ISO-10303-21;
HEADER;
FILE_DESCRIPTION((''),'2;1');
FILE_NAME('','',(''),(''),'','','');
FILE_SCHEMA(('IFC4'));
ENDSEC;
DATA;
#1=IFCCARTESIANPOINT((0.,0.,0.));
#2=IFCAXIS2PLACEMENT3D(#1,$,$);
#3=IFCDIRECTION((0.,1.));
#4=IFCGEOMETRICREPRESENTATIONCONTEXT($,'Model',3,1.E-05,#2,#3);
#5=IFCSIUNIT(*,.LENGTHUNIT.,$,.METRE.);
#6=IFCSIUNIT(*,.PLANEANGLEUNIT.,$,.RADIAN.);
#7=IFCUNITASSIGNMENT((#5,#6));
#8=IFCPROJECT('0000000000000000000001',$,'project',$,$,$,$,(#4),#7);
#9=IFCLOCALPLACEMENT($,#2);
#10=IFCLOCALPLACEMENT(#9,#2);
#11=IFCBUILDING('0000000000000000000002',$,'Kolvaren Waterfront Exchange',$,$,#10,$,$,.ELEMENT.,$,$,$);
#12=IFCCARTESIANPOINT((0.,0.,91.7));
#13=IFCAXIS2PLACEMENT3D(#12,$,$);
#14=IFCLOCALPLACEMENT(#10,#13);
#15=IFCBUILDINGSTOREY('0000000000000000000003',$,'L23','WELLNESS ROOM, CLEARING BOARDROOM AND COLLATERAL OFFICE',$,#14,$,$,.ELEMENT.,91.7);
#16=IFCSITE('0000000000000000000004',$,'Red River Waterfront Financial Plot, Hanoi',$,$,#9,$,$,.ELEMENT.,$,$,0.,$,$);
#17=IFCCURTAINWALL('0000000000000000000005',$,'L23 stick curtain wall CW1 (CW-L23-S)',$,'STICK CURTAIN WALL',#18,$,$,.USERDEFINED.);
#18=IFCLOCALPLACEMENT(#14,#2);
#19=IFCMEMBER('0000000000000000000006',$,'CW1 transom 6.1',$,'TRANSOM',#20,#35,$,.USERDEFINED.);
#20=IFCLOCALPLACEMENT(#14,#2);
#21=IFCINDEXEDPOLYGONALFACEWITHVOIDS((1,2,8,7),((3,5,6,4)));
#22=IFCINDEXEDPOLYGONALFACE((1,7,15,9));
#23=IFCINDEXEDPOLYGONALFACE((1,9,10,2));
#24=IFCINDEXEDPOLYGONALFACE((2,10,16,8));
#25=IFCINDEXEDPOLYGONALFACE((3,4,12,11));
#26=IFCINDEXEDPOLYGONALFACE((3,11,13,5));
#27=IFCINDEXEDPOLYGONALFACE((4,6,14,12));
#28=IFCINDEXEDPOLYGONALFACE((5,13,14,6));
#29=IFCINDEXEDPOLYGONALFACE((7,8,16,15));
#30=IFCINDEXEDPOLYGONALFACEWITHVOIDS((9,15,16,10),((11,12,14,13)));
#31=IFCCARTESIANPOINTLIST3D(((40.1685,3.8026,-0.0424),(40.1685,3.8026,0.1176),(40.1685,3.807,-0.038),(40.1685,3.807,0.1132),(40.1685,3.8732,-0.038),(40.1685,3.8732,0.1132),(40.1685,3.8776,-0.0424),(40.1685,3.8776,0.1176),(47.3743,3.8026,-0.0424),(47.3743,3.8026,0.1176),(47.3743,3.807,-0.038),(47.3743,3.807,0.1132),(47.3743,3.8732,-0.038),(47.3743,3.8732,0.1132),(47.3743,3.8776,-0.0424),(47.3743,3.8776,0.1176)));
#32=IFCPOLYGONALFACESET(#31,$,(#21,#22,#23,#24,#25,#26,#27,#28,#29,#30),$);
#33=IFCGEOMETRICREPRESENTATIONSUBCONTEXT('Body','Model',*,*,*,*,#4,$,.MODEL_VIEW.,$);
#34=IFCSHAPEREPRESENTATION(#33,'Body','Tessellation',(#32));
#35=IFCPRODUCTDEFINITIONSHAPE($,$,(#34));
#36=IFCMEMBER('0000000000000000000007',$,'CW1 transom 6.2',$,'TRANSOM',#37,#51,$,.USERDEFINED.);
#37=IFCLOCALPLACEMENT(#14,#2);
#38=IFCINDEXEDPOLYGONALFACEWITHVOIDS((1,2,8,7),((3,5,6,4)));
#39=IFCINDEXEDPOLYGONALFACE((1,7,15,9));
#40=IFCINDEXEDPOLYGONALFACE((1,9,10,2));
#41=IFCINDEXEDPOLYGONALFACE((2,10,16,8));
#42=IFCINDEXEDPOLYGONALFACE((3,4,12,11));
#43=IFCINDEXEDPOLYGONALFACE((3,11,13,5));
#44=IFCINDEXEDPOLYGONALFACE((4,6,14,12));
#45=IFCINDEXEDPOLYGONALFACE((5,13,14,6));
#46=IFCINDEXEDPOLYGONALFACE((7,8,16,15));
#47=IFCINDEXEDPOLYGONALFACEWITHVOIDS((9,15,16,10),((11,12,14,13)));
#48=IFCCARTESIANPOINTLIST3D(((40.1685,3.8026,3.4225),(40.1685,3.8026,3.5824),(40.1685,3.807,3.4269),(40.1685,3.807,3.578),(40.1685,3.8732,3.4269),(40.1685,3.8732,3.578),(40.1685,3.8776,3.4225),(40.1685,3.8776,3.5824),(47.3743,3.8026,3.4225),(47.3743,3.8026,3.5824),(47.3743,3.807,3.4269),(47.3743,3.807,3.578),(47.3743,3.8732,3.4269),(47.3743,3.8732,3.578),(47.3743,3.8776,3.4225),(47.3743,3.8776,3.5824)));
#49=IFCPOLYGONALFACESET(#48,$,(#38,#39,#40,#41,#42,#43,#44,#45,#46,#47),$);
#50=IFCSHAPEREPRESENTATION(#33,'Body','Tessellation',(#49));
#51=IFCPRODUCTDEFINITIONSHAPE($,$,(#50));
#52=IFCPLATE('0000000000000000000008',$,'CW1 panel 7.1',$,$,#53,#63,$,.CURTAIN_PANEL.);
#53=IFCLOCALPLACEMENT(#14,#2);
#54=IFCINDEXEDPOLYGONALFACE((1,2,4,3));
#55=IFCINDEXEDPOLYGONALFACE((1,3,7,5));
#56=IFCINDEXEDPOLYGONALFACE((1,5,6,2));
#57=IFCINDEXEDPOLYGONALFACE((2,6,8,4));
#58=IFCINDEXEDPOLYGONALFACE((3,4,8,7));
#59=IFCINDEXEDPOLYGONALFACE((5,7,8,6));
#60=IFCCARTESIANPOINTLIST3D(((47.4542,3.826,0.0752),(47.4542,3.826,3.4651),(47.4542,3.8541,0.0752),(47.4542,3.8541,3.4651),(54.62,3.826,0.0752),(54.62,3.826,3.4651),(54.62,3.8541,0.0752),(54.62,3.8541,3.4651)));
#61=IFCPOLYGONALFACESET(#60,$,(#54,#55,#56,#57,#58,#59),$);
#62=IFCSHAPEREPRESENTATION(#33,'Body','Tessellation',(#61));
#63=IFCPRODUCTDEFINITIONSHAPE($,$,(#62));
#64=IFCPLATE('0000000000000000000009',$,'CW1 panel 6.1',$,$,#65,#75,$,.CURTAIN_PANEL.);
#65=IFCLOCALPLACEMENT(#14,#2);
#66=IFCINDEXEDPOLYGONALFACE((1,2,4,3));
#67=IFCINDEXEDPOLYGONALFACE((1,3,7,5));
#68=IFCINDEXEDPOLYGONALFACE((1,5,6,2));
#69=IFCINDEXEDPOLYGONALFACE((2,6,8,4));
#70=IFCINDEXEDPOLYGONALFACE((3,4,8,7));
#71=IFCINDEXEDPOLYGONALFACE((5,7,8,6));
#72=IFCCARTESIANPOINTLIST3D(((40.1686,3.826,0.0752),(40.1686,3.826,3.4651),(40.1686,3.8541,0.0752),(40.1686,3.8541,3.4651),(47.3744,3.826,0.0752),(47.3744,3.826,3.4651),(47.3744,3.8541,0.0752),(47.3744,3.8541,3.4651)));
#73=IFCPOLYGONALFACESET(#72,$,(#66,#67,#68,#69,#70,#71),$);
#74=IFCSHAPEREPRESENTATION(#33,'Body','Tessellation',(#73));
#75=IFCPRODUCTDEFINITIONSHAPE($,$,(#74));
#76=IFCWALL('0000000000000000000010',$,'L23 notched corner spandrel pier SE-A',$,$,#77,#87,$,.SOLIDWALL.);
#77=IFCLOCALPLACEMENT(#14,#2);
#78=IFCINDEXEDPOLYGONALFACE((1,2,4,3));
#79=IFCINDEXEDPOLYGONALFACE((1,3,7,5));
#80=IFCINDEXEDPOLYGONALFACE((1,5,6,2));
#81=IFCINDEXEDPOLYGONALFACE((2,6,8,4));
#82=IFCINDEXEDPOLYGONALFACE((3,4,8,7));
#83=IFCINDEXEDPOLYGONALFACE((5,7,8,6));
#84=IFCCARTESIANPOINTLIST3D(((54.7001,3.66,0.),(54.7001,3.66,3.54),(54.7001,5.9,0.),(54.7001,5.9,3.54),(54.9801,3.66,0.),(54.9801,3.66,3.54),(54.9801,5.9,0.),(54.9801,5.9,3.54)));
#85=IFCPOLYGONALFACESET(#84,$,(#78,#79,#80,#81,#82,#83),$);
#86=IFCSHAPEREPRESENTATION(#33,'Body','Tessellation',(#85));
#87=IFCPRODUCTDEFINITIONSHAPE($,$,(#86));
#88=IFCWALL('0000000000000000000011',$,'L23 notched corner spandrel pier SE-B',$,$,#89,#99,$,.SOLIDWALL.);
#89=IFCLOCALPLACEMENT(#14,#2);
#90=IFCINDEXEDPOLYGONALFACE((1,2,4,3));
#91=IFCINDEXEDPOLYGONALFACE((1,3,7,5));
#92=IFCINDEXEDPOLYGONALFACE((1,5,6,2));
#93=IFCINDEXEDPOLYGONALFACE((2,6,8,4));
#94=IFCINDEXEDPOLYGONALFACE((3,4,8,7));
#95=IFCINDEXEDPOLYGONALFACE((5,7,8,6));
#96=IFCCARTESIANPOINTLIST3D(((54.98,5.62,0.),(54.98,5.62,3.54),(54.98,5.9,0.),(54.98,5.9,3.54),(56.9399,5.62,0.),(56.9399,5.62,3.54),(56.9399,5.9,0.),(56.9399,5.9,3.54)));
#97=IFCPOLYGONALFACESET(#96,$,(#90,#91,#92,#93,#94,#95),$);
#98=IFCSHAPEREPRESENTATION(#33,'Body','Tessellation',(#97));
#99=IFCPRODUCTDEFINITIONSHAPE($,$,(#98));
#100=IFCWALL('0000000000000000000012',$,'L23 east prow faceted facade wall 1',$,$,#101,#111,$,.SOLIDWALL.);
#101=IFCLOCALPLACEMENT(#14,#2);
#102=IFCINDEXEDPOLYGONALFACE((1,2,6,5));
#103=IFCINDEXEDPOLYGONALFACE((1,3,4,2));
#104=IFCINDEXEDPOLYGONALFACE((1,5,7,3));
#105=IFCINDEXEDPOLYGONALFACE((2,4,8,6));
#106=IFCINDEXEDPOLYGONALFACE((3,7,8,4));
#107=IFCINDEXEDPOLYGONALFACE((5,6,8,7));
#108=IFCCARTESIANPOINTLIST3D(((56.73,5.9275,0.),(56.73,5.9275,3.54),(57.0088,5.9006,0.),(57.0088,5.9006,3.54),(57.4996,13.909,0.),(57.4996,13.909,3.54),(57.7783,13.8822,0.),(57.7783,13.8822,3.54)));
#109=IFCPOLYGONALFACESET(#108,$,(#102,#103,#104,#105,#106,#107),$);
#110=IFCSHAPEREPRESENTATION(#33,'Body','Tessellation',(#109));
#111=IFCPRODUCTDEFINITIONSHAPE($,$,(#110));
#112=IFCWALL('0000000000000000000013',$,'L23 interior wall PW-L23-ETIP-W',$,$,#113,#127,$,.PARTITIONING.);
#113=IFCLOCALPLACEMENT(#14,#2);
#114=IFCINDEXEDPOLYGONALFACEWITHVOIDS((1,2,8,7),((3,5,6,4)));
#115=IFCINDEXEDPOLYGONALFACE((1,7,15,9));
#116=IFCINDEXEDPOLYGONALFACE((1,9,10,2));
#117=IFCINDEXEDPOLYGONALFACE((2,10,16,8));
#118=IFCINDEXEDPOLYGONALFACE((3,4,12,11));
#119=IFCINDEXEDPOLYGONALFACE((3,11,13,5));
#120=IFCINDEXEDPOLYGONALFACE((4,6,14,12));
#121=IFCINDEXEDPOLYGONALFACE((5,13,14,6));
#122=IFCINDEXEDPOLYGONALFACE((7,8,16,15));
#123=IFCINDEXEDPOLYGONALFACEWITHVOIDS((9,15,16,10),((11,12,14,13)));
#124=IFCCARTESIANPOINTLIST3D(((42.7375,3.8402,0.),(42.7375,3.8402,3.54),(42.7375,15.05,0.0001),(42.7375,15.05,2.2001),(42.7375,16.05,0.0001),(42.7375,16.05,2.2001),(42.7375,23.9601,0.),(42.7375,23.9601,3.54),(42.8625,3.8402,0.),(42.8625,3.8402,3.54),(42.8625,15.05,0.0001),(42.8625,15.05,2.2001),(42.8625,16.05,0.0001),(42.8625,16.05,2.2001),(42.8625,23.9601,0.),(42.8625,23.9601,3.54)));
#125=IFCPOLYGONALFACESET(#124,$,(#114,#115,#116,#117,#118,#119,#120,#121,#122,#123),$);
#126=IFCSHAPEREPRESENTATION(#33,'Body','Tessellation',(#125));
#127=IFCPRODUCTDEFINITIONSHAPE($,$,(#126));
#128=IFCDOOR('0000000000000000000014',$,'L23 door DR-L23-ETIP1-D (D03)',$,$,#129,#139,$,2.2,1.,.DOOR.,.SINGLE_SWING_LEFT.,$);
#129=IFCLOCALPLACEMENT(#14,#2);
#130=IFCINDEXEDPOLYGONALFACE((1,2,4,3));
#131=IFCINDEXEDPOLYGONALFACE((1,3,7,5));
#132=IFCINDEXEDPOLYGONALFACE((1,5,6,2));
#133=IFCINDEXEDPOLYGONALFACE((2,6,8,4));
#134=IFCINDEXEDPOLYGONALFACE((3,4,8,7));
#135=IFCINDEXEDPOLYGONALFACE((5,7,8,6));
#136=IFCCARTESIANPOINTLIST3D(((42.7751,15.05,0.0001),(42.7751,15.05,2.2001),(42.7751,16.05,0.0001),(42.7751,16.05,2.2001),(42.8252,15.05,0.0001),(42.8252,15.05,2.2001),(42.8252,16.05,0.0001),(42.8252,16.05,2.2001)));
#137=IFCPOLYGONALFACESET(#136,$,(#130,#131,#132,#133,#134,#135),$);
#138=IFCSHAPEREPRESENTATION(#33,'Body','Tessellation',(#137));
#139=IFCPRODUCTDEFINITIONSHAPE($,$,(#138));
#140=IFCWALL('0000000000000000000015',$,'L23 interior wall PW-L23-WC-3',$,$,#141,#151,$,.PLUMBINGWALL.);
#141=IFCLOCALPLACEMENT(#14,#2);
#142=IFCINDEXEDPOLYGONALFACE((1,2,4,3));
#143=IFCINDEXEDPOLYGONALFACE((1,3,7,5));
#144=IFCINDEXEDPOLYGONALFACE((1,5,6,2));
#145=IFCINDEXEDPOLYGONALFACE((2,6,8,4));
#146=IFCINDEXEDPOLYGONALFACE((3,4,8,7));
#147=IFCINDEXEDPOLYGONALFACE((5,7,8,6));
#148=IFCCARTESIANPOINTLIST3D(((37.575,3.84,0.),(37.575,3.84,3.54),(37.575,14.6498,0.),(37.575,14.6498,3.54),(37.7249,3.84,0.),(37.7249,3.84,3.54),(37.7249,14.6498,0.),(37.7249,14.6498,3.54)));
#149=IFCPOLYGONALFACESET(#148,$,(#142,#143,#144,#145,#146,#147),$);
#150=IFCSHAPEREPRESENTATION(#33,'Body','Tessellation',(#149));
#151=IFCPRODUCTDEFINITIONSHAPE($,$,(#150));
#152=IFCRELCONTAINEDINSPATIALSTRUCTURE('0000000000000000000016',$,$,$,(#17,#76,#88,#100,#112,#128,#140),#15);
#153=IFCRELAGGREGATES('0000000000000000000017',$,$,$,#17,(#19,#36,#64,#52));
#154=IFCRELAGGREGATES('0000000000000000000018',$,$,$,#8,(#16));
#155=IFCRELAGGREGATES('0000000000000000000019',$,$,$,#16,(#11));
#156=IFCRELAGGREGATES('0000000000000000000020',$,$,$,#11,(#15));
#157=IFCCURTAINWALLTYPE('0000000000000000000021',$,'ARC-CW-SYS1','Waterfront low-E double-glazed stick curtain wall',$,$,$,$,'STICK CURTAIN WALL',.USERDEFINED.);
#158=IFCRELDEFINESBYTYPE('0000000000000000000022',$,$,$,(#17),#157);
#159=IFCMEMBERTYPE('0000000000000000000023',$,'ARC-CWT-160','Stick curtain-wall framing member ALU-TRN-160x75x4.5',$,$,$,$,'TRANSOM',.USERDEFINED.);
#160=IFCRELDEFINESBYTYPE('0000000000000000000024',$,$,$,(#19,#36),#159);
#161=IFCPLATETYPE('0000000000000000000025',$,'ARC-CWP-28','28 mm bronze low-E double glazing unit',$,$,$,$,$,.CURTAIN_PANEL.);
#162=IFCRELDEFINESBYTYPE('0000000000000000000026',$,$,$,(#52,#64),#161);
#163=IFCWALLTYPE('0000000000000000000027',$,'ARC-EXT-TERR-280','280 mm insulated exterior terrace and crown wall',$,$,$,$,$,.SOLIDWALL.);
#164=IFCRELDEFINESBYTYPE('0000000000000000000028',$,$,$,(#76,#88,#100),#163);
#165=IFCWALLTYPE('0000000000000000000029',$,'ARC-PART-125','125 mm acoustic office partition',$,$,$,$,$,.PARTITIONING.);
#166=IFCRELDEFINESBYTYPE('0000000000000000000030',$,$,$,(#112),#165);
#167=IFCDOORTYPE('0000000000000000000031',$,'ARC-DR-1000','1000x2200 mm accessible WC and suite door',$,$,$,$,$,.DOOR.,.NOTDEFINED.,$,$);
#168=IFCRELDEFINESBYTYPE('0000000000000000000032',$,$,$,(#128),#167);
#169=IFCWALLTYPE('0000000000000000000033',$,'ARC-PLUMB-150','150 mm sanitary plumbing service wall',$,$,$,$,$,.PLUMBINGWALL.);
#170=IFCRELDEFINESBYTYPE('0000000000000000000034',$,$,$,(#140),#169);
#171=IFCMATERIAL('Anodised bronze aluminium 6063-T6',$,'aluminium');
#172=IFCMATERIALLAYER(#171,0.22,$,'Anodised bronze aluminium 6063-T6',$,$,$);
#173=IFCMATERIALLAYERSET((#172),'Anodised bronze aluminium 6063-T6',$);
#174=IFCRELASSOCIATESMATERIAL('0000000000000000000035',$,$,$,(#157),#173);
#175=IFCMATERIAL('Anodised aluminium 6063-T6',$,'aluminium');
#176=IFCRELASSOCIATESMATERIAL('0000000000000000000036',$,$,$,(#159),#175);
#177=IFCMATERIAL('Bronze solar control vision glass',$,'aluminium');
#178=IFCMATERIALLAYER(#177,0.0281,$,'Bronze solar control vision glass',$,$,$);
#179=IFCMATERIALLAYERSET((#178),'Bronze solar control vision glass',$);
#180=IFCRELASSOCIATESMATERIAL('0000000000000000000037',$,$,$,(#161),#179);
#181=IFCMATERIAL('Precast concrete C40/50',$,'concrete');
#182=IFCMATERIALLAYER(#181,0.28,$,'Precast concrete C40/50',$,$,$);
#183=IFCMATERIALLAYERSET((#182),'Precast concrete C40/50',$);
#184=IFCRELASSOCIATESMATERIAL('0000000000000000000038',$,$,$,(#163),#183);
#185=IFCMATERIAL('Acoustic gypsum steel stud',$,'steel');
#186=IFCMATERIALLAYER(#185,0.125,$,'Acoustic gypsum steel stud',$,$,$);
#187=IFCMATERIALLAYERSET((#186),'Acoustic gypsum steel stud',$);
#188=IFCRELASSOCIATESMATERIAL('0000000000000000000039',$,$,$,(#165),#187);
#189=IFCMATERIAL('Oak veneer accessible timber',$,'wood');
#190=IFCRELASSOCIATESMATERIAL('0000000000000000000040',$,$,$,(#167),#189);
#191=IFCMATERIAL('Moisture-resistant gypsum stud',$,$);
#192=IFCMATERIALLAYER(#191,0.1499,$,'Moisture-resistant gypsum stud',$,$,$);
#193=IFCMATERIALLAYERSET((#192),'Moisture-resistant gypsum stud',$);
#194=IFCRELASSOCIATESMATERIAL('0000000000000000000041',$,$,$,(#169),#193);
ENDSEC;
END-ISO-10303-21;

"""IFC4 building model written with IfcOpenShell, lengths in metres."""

from ifc_helpers import new_model, si_unit, direction, frame, frame_2d, origin, origin_with_axes, origin_2d, place, context, subcontext, project, spatial, rectangle, hollow_rectangle, extrude, source, transform, mapped, material, layer, layer_set, material_profile, profile_set, type_object, element, fill, aggregate, save


model = new_model("IFC4")

# Units and contexts
model_context = context("Model", 3, precision=1e-05, world=origin(), true_north=direction((0.0, 1.0)))
body_context = subcontext(model_context, "Body", "Model", "MODEL_VIEW")
ifc_project = project(units=[si_unit("LENGTHUNIT", "METRE"), si_unit("PLANEANGLEUNIT", "RADIAN")], contexts=[model_context])

# Site, building, storey
site_placement = place(None, origin())
site = spatial("IfcSite", under=ifc_project, at=site_placement, Name="Red River Waterfront Financial Plot, Hanoi", CompositionType="ELEMENT", RefElevation=0.0)
building_placement = place(site_placement, origin())
building = spatial("IfcBuilding", under=site, at=building_placement, Name="Kolvaren Waterfront Exchange", CompositionType="ELEMENT")
storey_placement = place(building_placement, frame((0.0, 0.0, 91.7)))
storey = spatial("IfcBuildingStorey", under=building, at=storey_placement, Name="L23", Description="WELLNESS ROOM, CLEARING BOARDROOM AND COLLATERAL OFFICE", CompositionType="ELEMENT", Elevation=91.7)

# Curtain wall, members, plates
ifc_material_1 = material(Name="Anodised bronze aluminium 6063-T6", Category="aluminium")
ifc_layer_1 = layer(ifc_material_1, 0.22, Name="Anodised bronze aluminium 6063-T6")
ifc_layer_set_1 = layer_set([ifc_layer_1], Name="Anodised bronze aluminium 6063-T6")
curtain_wall_type = type_object("IfcCurtainWallType", Name="ARC-CW-SYS1", Description="Waterfront low-E double-glazed stick curtain wall", ElementType="STICK CURTAIN WALL", PredefinedType="USERDEFINED", material=ifc_layer_set_1)
curtain_wall_placement = place(storey_placement, origin())
curtain_wall = element("IfcCurtainWall", 1, at=curtain_wall_placement, inside=storey, type_object=curtain_wall_type, Name="L23 stick curtain wall CW1 (CW-L23-S)", ObjectType="STICK CURTAIN WALL", PredefinedType="USERDEFINED")
ifc_material_2 = material(Name="Anodised aluminium 6063-T6", Category="aluminium")
ifc_material_profile_1 = material_profile(ifc_material_2, hollow_rectangle(XDim=0.075, YDim=0.1599, WallThickness=0.0044, at=origin_2d()), Name="ALU-TRN-160x75x4.5")
ifc_profile_set_1 = profile_set([ifc_material_profile_1], Name="Anodised aluminium 6063-T6")
member_type_1 = type_object("IfcMemberType", Name="ARC-CWT-160", Description="Stick curtain-wall framing member ALU-TRN-160x75x4.5", ElementType="TRANSOM", PredefinedType="USERDEFINED", material=ifc_profile_set_1)
shared_shape_1 = source(origin_with_axes(), body_context, "Body", "SweptSolid", [
    extrude(hollow_rectangle(XDim=0.075, YDim=0.1599, WallThickness=0.0044, at=origin_2d()), origin(), (0.0, 0.0, 1.0), 7.2058),
])
member_1_placement = place(storey_placement, frame((40.1685, 3.8401, 0.0376), z_axis=(1.0, 0.0, 0.0), x_axis=(0.0, 1.0, 0.0)))
member_1 = element("IfcMember", 2, at=member_1_placement, type_object=member_type_1, Name="CW1 transom 6.1", ObjectType="TRANSOM", PredefinedType="USERDEFINED", context=body_context, shape_type="MappedRepresentation", body=[
    mapped(shared_shape_1, transform((0.0, 0.0, 0.0), x_axis=(1.0, 0.0, 0.0), y_axis=(0.0, 1.0, 0.0), z_axis=(0.0, 0.0, 1.0), scale=1.0)),
])
member_2_placement = place(storey_placement, frame((40.1685, 3.8401, 3.5024), z_axis=(1.0, 0.0, 0.0), x_axis=(0.0, 1.0, 0.0)))
member_2 = element("IfcMember", 3, at=member_2_placement, type_object=member_type_1, Name="CW1 transom 6.2", ObjectType="TRANSOM", PredefinedType="USERDEFINED", context=body_context, shape_type="MappedRepresentation", body=[
    mapped(shared_shape_1, transform((0.0, 0.0, 0.0), x_axis=(1.0, 0.0, 0.0), y_axis=(0.0, 1.0, 0.0), z_axis=(0.0, 0.0, 1.0), scale=1.0)),
])
ifc_material_3 = material(Name="Bronze solar control vision glass", Category="aluminium")
ifc_layer_2 = layer(ifc_material_3, 0.0281, Name="Bronze solar control vision glass")
ifc_layer_set_2 = layer_set([ifc_layer_2], Name="Bronze solar control vision glass")
plate_type = type_object("IfcPlateType", Name="ARC-CWP-28", Description="28 mm bronze low-E double glazing unit", PredefinedType="CURTAIN_PANEL", material=ifc_layer_set_2)
shared_shape_2 = source(origin_with_axes(), body_context, "Body", "SweptSolid", [
    extrude(rectangle(XDim=7.1658, YDim=0.0281, at=origin_2d()), origin(), (0.0, 0.0, 1.0), 3.3899),
])
plate_1_placement = place(storey_placement, frame((51.0371, 3.8401, 0.0752), z_axis=(0.0, 0.0, 1.0), x_axis=(1.0, 0.0, 0.0)))
plate_1 = element("IfcPlate", 4, at=plate_1_placement, type_object=plate_type, Name="CW1 panel 7.1", PredefinedType="CURTAIN_PANEL", context=body_context, shape_type="MappedRepresentation", body=[
    mapped(shared_shape_2, transform((0.0, 0.0, 0.0), x_axis=(1.0, 0.0, 0.0), y_axis=(0.0, 1.0, 0.0), z_axis=(0.0, 0.0, 1.0), scale=1.0)),
])
shared_shape_3 = source(origin_with_axes(), body_context, "Body", "SweptSolid", [
    extrude(rectangle(XDim=7.2058, YDim=0.0281, at=origin_2d()), origin(), (0.0, 0.0, 1.0), 3.3899),
])
plate_2_placement = place(storey_placement, frame((43.7715, 3.8401, 0.0752), z_axis=(0.0, 0.0, 1.0), x_axis=(1.0, 0.0, 0.0)))
plate_2 = element("IfcPlate", 5, at=plate_2_placement, type_object=plate_type, Name="CW1 panel 6.1", PredefinedType="CURTAIN_PANEL", context=body_context, shape_type="MappedRepresentation", body=[
    mapped(shared_shape_3, transform((0.0, 0.0, 0.0), x_axis=(1.0, 0.0, 0.0), y_axis=(0.0, 1.0, 0.0), z_axis=(0.0, 0.0, 1.0), scale=1.0)),
])
aggregate(curtain_wall, [member_1, member_2, plate_2, plate_1])

# Walls
ifc_material_4 = material(Name="Precast concrete C40/50", Category="concrete")
ifc_layer_3 = layer(ifc_material_4, 0.28, Name="Precast concrete C40/50")
ifc_layer_set_3 = layer_set([ifc_layer_3], Name="Precast concrete C40/50")
wall_type_1 = type_object("IfcWallType", Name="ARC-EXT-TERR-280", Description="280 mm insulated exterior terrace and crown wall", PredefinedType="SOLIDWALL", material=ifc_layer_set_3)
wall_1_placement = place(storey_placement, frame((54.8401, 3.6599, 0.0), z_axis=(0.0, 0.0, 1.0), x_axis=(0.0, 1.0, 0.0)))
element("IfcWall", 6, at=wall_1_placement, inside=storey, type_object=wall_type_1, Name="L23 notched corner spandrel pier SE-A", PredefinedType="SOLIDWALL", context=body_context, shape_type="SweptSolid", body=[
    extrude(rectangle(XDim=2.24, YDim=0.28, at=frame_2d((1.1201, 0.0))), origin(), (0.0, 0.0, 1.0), 3.54),
])
wall_2_placement = place(storey_placement, frame((54.98, 5.76, 0.0), z_axis=(0.0, 0.0, 1.0), x_axis=(1.0, 0.0, 0.0)))
element("IfcWall", 7, at=wall_2_placement, inside=storey, type_object=wall_type_1, Name="L23 notched corner spandrel pier SE-B", PredefinedType="SOLIDWALL", context=body_context, shape_type="SweptSolid", body=[
    extrude(rectangle(XDim=1.96, YDim=0.28, at=frame_2d((0.98, 0.0))), origin(), (0.0, 0.0, 1.0), 3.54),
])
wall_3_placement = place(storey_placement, frame((56.8694, 5.9141, 0.0), z_axis=(0.0, 0.0, 1.0), x_axis=(0.09597, 0.995384, 0.0)))
element("IfcWall", 8, at=wall_3_placement, inside=storey, type_object=wall_type_1, Name="L23 east prow faceted facade wall 1", PredefinedType="SOLIDWALL", context=body_context, shape_type="SweptSolid", body=[
    extrude(rectangle(XDim=8.0186, YDim=0.28, at=frame_2d((4.0093, 0.0))), origin(), (0.0, 0.0, 1.0), 3.54),
])

# Wall, opening, door
ifc_material_5 = material(Name="Acoustic gypsum steel stud", Category="steel")
ifc_layer_4 = layer(ifc_material_5, 0.125, Name="Acoustic gypsum steel stud")
ifc_layer_set_4 = layer_set([ifc_layer_4], Name="Acoustic gypsum steel stud")
wall_type_2 = type_object("IfcWallType", Name="ARC-PART-125", Description="125 mm acoustic office partition", PredefinedType="PARTITIONING", material=ifc_layer_set_4)
wall_4_placement = place(storey_placement, frame((42.8, 3.8401, 0.0), z_axis=(0.0, 0.0, 1.0), x_axis=(0.0, 1.0, 0.0)))
wall_4 = element("IfcWall", 9, at=wall_4_placement, inside=storey, type_object=wall_type_2, Name="L23 interior wall PW-L23-ETIP-W", PredefinedType="PARTITIONING", context=body_context, shape_type="SweptSolid", body=[
    extrude(rectangle(XDim=20.1199, YDim=0.125, at=frame_2d((10.0601, 0.0))), origin(), (0.0, 0.0, 1.0), 3.54),
])
opening_placement = place(wall_4_placement, frame((11.21, 0.0, 0.0)))
opening = element("IfcOpeningElement", 10, at=opening_placement, cuts=wall_4, PredefinedType="OPENING", context=body_context, shape_type="SweptSolid", body=[
    extrude(rectangle(XDim=1.0, YDim=2.2, at=frame_2d((0.5, 1.1001))), frame((0.0, 0.0725, 0.0), z_axis=(0.0, -1.0, 0.0), x_axis=(1.0, 0.0, 0.0)), (0.0, 0.0, 1.0), 0.145),
])
ifc_material_6 = material(Name="Oak veneer accessible timber", Category="wood")
door_type = type_object("IfcDoorType", Name="ARC-DR-1000", Description="1000x2200 mm accessible WC and suite door", OperationType="NOTDEFINED", PredefinedType="DOOR", material=ifc_material_6)
door_placement = place(opening_placement, origin())
door = element("IfcDoor", 11, at=door_placement, inside=storey, type_object=door_type, Name="L23 door DR-L23-ETIP1-D (D03)", OperationType="SINGLE_SWING_LEFT", OverallHeight=2.2, OverallWidth=1.0, PredefinedType="DOOR", context=body_context, shape_type="SweptSolid", body=[
    extrude(rectangle(XDim=1.0, YDim=2.2, at=frame_2d((0.5, 1.1001))), frame((0.0, 0.0249, 0.0), z_axis=(0.0, -1.0, 0.0), x_axis=(1.0, 0.0, 0.0)), (0.0, 0.0, 1.0), 0.05),
])
fill(opening, door)

# Wall
ifc_material_7 = material(Name="Moisture-resistant gypsum stud")
ifc_layer_5 = layer(ifc_material_7, 0.1499, Name="Moisture-resistant gypsum stud")
ifc_layer_set_5 = layer_set([ifc_layer_5], Name="Moisture-resistant gypsum stud")
wall_type_3 = type_object("IfcWallType", Name="ARC-PLUMB-150", Description="150 mm sanitary plumbing service wall", PredefinedType="PLUMBINGWALL", material=ifc_layer_set_5)
wall_5_placement = place(storey_placement, frame((37.6499, 3.8401, 0.0), z_axis=(0.0, 0.0, 1.0), x_axis=(0.0, 1.0, 0.0)))
element("IfcWall", 12, at=wall_5_placement, inside=storey, type_object=wall_type_3, Name="L23 interior wall PW-L23-WC-3", PredefinedType="PLUMBINGWALL", context=body_context, shape_type="SweptSolid", body=[
    extrude(rectangle(XDim=10.8098, YDim=0.1499, at=frame_2d((5.4048, 0.0))), origin(), (0.0, 0.0, 1.0), 3.54),
])

save(model, "model.ifc")
